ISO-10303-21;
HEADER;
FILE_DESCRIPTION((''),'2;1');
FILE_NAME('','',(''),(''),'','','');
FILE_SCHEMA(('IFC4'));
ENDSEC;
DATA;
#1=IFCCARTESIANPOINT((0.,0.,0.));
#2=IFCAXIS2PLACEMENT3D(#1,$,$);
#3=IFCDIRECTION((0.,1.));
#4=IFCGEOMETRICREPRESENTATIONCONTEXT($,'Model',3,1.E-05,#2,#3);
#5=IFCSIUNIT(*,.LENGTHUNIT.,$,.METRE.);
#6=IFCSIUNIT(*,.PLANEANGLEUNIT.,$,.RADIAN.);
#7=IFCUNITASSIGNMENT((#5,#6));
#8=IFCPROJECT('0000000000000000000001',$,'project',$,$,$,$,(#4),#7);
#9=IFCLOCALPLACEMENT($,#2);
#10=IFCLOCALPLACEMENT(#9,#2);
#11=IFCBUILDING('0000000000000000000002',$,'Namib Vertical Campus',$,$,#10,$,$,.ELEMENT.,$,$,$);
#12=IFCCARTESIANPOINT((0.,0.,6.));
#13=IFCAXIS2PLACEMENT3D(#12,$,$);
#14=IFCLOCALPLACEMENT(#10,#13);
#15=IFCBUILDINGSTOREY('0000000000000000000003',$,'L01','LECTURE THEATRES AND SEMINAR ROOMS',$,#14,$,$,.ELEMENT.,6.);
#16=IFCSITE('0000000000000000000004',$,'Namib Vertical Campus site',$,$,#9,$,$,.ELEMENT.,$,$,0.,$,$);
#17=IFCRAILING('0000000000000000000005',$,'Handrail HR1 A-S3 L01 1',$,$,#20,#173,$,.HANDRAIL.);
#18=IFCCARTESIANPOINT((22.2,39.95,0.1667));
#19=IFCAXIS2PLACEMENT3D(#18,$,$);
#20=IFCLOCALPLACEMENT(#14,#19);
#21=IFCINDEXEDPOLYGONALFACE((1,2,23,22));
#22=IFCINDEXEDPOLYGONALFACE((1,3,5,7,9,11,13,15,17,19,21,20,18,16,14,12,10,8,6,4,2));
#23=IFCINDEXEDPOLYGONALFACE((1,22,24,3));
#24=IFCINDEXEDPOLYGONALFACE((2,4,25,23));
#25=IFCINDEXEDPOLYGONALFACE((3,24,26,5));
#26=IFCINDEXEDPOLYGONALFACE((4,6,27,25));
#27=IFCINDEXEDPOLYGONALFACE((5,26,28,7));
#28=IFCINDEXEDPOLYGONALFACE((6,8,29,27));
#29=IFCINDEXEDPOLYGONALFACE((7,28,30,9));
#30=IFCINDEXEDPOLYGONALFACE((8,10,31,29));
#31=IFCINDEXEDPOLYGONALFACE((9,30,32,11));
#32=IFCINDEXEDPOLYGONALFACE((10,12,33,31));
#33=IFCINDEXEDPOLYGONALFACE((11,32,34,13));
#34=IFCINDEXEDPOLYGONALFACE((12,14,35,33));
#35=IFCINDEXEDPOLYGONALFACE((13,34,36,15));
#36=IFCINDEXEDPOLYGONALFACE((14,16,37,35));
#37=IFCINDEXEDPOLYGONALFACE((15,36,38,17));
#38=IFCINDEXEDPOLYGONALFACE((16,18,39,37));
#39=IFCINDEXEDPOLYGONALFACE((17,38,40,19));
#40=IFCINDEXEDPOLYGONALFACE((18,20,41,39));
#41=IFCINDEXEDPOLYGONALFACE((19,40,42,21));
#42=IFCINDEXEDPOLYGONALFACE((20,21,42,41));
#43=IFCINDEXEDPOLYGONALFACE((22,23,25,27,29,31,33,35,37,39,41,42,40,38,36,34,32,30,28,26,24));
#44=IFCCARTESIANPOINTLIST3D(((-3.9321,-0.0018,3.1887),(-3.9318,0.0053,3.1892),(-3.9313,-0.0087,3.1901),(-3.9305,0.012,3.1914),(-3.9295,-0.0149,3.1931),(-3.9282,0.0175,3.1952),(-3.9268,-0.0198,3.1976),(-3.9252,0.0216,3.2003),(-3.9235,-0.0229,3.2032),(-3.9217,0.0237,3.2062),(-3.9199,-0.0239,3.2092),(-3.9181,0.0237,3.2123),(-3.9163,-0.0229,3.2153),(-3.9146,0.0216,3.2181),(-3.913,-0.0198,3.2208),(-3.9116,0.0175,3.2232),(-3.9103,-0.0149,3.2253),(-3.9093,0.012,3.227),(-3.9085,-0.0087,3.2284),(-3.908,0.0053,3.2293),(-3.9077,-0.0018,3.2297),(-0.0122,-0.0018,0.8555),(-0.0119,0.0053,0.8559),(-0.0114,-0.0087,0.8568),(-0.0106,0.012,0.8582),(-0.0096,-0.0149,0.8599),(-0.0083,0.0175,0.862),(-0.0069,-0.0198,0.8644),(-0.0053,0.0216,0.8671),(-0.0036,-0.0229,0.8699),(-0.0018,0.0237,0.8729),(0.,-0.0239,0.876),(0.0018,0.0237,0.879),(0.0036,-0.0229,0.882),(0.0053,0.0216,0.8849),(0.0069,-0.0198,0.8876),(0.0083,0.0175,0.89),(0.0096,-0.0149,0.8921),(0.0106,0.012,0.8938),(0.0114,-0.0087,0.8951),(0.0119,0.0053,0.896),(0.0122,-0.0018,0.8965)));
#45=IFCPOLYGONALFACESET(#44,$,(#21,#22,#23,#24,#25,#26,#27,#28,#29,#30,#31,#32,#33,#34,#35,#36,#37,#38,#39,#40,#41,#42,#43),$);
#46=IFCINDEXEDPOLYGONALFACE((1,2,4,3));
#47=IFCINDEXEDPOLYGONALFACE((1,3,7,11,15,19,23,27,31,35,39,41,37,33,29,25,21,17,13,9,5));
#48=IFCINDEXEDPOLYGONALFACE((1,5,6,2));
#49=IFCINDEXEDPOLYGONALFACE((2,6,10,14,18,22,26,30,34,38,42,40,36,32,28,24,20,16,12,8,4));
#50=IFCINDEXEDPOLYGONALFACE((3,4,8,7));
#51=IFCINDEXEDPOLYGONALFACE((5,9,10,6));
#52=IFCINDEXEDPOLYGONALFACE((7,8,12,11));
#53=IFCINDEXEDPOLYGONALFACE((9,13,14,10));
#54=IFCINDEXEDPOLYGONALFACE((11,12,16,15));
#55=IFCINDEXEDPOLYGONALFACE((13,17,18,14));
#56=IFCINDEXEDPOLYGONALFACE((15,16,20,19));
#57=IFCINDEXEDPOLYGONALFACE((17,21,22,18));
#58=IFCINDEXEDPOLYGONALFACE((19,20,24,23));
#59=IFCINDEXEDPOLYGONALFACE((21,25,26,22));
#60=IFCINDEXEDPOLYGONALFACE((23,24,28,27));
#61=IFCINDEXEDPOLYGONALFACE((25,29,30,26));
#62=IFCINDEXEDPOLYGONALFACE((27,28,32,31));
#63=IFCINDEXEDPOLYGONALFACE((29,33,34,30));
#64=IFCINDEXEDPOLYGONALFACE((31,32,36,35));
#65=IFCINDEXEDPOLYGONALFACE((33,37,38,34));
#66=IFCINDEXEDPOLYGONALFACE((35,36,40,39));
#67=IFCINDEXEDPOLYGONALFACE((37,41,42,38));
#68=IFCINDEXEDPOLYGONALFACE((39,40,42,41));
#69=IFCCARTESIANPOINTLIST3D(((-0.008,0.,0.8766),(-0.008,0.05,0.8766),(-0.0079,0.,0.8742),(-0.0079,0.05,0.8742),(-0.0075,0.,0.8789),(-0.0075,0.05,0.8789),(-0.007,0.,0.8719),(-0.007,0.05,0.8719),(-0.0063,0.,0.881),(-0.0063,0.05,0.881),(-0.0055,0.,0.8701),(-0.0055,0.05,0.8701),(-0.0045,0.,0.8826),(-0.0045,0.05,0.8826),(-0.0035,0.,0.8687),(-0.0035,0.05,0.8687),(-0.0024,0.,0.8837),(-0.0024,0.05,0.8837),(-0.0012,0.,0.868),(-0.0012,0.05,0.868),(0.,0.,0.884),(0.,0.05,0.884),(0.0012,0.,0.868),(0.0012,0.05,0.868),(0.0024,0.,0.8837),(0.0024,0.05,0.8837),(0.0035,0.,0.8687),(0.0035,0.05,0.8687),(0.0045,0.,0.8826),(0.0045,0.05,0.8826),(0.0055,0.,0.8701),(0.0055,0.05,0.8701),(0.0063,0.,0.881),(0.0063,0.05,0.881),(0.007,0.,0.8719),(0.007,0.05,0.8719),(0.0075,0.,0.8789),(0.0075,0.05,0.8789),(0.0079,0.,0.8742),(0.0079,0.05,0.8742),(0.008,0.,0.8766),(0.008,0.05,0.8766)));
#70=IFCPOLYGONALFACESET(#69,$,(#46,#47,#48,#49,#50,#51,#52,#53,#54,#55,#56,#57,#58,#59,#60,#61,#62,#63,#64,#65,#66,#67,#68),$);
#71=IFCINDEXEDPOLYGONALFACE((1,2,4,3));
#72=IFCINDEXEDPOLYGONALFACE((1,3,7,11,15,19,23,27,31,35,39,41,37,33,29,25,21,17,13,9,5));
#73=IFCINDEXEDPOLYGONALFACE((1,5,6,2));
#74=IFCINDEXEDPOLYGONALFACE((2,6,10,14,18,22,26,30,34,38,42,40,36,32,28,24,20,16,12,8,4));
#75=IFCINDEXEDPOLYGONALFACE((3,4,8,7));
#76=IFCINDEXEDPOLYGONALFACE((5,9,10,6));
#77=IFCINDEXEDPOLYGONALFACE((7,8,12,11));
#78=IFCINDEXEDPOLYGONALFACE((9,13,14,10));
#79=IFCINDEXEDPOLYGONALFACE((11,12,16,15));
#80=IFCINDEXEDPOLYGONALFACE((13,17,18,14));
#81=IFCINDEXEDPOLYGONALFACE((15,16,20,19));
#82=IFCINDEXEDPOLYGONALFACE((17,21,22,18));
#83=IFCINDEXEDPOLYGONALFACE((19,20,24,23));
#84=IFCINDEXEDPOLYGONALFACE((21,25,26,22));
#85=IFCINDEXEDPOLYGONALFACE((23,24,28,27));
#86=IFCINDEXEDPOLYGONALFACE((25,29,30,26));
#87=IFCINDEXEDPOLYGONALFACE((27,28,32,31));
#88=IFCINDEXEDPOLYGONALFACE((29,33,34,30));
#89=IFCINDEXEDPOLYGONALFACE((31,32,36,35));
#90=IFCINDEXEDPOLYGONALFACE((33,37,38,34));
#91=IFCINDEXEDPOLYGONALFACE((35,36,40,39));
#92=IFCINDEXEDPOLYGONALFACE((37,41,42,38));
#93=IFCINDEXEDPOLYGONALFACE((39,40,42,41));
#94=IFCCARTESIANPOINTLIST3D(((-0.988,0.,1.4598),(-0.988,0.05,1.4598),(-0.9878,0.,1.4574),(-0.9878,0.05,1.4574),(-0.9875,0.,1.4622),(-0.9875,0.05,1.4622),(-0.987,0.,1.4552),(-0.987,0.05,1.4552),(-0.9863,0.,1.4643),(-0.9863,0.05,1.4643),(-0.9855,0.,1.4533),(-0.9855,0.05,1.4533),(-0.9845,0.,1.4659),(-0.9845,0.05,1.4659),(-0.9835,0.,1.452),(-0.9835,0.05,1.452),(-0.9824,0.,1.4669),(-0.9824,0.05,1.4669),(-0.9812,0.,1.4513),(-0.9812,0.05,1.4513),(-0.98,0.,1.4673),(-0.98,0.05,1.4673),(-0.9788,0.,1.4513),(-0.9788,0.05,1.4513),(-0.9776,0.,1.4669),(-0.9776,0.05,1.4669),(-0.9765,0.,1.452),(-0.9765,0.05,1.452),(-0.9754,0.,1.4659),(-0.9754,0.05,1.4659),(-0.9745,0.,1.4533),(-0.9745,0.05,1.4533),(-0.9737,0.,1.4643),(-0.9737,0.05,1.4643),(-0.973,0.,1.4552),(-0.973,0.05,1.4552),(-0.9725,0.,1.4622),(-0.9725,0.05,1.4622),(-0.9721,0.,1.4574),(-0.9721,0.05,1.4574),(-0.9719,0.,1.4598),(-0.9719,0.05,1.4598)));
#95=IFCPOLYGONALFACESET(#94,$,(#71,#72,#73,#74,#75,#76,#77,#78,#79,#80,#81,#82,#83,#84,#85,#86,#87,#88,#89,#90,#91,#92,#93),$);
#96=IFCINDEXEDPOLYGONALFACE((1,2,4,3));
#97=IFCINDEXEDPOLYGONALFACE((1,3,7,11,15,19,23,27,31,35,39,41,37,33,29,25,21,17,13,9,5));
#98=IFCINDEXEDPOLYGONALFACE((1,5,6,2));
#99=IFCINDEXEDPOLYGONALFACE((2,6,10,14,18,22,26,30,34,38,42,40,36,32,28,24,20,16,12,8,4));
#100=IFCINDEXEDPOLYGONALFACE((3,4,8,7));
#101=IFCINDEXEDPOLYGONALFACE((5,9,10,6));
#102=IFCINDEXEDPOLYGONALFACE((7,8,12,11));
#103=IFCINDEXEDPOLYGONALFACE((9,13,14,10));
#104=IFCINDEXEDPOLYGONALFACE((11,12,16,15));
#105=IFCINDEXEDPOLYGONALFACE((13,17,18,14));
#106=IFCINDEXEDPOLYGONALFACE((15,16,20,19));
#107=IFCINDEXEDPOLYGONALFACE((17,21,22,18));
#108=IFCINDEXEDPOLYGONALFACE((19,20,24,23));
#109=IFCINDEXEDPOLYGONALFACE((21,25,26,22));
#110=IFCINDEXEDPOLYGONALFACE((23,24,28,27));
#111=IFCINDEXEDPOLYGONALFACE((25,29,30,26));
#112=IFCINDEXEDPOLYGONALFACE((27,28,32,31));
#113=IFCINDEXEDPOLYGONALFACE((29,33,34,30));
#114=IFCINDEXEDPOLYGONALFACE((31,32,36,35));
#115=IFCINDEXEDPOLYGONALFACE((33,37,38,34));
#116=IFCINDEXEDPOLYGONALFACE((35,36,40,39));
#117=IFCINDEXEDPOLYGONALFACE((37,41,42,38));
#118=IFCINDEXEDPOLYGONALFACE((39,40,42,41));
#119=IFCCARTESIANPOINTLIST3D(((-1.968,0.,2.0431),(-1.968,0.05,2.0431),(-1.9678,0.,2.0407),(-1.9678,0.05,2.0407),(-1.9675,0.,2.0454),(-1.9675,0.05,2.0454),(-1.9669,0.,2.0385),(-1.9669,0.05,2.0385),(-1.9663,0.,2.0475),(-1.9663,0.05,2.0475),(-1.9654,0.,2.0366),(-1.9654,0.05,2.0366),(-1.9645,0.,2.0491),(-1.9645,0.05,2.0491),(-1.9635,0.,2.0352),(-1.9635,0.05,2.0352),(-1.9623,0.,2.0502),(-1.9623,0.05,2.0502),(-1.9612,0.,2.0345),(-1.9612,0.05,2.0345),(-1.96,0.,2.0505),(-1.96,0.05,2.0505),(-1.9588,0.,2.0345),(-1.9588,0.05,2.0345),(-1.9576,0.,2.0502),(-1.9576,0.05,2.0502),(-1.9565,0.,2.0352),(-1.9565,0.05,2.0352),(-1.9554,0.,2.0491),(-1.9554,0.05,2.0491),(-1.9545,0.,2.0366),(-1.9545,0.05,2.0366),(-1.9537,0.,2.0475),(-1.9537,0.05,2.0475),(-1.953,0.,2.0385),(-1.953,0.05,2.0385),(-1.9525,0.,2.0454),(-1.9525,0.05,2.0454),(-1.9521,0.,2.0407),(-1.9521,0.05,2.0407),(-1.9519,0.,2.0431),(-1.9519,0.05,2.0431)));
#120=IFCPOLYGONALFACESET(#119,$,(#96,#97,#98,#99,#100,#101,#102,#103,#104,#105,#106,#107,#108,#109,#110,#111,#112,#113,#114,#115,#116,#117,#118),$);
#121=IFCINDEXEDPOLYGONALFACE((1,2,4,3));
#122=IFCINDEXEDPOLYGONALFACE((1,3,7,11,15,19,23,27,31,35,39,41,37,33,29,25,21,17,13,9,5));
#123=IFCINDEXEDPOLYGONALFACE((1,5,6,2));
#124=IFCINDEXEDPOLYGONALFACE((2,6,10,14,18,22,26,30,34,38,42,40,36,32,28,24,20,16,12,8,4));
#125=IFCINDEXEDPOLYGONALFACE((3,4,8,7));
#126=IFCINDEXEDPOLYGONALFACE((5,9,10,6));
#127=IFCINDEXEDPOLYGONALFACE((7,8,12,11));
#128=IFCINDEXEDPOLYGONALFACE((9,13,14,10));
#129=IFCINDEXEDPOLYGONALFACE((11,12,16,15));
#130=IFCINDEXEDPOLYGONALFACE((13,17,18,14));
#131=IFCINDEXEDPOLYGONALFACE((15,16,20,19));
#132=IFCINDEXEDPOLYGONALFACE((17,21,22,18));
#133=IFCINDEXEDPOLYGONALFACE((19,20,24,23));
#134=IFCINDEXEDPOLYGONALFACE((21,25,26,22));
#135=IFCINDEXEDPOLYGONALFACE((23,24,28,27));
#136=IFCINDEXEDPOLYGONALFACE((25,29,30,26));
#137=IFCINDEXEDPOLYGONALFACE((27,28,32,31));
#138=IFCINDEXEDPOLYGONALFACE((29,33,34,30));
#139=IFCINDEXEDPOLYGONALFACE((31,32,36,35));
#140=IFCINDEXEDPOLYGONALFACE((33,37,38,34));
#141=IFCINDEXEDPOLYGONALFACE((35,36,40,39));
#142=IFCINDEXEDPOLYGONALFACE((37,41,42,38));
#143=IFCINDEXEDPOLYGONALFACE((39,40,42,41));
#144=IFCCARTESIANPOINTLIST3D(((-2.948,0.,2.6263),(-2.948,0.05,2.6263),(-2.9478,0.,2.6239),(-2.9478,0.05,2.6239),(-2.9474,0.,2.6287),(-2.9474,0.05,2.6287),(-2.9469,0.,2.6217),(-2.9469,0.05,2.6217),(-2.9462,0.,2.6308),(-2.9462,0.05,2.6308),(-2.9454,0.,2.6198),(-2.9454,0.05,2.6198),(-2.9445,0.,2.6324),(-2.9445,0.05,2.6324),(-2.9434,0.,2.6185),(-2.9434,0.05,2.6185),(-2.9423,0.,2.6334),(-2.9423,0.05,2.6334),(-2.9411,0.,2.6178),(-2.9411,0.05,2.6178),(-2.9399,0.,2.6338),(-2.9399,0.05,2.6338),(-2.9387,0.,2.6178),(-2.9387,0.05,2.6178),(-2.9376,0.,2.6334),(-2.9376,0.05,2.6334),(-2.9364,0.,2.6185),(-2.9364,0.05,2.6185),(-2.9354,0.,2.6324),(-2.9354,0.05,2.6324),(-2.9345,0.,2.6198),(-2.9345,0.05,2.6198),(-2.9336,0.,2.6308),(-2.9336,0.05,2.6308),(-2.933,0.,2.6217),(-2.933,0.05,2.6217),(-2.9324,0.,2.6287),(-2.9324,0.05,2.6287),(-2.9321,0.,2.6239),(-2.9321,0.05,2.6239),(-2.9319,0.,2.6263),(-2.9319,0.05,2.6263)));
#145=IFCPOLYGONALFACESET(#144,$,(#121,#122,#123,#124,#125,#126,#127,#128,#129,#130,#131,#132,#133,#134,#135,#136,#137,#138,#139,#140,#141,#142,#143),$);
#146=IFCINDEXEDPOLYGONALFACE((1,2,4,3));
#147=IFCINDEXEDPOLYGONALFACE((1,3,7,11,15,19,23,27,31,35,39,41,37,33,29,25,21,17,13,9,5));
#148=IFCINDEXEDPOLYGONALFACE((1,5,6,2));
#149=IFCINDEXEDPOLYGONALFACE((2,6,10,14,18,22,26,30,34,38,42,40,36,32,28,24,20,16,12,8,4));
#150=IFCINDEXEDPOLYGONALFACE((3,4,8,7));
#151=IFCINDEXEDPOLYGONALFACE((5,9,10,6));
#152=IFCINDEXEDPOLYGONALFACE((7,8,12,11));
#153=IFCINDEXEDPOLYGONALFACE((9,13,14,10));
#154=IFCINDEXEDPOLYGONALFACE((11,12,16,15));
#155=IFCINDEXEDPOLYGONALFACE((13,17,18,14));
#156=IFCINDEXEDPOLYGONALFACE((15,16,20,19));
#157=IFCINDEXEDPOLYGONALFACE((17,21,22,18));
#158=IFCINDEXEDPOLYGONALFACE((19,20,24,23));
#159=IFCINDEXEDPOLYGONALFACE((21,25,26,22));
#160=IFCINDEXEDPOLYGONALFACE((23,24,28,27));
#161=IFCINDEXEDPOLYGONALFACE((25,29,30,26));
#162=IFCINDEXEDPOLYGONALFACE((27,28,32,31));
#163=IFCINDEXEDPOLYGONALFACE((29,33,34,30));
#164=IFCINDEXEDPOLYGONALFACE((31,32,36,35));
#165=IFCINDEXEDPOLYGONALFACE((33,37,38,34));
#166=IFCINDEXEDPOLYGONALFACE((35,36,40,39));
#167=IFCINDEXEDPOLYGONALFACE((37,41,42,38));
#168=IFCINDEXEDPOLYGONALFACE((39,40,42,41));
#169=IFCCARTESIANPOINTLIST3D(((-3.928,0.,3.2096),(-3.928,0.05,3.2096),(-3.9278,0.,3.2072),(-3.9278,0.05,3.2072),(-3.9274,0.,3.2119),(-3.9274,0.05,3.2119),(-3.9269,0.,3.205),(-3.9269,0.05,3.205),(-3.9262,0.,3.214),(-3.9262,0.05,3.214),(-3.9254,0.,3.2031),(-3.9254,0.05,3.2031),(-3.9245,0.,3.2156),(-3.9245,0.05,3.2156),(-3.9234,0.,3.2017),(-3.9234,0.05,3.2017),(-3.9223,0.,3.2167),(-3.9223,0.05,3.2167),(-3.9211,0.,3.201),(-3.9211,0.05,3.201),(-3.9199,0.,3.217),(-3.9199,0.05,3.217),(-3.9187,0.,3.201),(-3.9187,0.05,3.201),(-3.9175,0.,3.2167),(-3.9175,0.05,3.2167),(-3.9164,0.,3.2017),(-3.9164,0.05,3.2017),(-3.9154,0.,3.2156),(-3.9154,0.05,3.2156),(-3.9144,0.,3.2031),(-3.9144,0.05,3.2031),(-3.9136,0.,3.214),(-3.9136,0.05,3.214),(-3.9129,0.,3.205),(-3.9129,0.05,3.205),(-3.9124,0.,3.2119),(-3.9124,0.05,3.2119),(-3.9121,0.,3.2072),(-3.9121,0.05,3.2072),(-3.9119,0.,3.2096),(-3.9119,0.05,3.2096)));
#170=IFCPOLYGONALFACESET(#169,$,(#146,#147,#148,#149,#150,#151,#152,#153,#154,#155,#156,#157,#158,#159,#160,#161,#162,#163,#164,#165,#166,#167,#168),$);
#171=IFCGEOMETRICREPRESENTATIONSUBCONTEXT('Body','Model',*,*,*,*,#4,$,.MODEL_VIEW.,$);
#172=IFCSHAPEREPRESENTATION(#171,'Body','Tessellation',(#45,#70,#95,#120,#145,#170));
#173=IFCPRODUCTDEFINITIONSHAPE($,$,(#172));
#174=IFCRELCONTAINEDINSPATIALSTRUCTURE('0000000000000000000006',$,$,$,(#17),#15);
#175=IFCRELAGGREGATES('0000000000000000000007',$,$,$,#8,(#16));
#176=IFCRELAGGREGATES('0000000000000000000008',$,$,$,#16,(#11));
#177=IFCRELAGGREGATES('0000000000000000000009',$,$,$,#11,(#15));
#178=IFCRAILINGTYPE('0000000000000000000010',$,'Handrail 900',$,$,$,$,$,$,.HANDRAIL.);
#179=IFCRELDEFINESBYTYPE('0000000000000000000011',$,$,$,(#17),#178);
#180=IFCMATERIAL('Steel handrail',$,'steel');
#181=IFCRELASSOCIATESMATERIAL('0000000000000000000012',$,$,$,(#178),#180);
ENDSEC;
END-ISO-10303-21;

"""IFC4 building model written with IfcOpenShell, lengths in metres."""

from ifc_helpers import new_model, si_unit, direction, frame, origin, origin_2d, place, context, subcontext, project, spatial, circle, extrude, material, type_object, element, save


model = new_model("IFC4")

# Units and contexts
model_context = context("Model", 3, precision=1e-05, world=origin(), true_north=direction((0.0, 1.0)))
body_context = subcontext(model_context, "Body", "Model", "MODEL_VIEW")
ifc_project = project(units=[si_unit("LENGTHUNIT", "METRE"), si_unit("PLANEANGLEUNIT", "RADIAN")], contexts=[model_context])

# Site, building, storey
site_placement = place(None, origin())
site = spatial("IfcSite", under=ifc_project, at=site_placement, Name="Namib Vertical Campus site", CompositionType="ELEMENT", RefElevation=0.0)
building_placement = place(site_placement, origin())
building = spatial("IfcBuilding", under=site, at=building_placement, Name="Namib Vertical Campus", CompositionType="ELEMENT")
storey_placement = place(building_placement, frame((0.0, 0.0, 6.0)))
storey = spatial("IfcBuildingStorey", under=building, at=storey_placement, Name="L01", Description="LECTURE THEATRES AND SEMINAR ROOMS", CompositionType="ELEMENT", Elevation=6.0)

# Railing
ifc_material_1 = material(Name="Steel handrail", Category="steel")
railing_type_1 = type_object("IfcRailingType", Name="Handrail 900", PredefinedType="HANDRAIL", material=ifc_material_1)
railing_1_placement = place(storey_placement, frame((22.2, 39.95, 0.1667)))
element("IfcRailing", 1, at=railing_1_placement, inside=storey, type_object=railing_type_1, Name="Handrail HR1 A-S3 L01 1", PredefinedType="HANDRAIL", context=body_context, shape_type="SweptSolid", body=[
    extrude(circle(Radius=0.0239, at=origin_2d()), frame((0.0, 0.0, 0.876), z_axis=(-0.859296, 0.0, 0.511478), x_axis=(0.0, -1.0, 0.0)), (0.0, 0.0, 1.0), 4.5618),
    extrude(circle(Radius=0.0081, at=origin_2d()), frame((0.0, 0.0, 0.876), z_axis=(0.0, 1.0, 0.0), x_axis=(0.0, 0.0, 1.0)), (0.0, 0.0, 1.0), 0.05),
    extrude(circle(Radius=0.0081, at=origin_2d()), frame((-0.98, 0.0, 1.4592), z_axis=(0.0, 1.0, 0.0), x_axis=(0.0, 0.0, 1.0)), (0.0, 0.0, 1.0), 0.05),
    extrude(circle(Radius=0.0081, at=origin_2d()), frame((-1.96, 0.0, 2.0425), z_axis=(0.0, 1.0, 0.0), x_axis=(0.0, 0.0, 1.0)), (0.0, 0.0, 1.0), 0.05),
    extrude(circle(Radius=0.0081, at=origin_2d()), frame((-2.9399, 0.0, 2.6257), z_axis=(0.0, 1.0, 0.0), x_axis=(0.0, 0.0, 1.0)), (0.0, 0.0, 1.0), 0.05),
    extrude(circle(Radius=0.0081, at=origin_2d()), frame((-3.9199, 0.0, 3.209), z_axis=(0.0, 1.0, 0.0), x_axis=(0.0, 0.0, 1.0)), (0.0, 0.0, 1.0), 0.05),
])

save(model, "model.ifc")
